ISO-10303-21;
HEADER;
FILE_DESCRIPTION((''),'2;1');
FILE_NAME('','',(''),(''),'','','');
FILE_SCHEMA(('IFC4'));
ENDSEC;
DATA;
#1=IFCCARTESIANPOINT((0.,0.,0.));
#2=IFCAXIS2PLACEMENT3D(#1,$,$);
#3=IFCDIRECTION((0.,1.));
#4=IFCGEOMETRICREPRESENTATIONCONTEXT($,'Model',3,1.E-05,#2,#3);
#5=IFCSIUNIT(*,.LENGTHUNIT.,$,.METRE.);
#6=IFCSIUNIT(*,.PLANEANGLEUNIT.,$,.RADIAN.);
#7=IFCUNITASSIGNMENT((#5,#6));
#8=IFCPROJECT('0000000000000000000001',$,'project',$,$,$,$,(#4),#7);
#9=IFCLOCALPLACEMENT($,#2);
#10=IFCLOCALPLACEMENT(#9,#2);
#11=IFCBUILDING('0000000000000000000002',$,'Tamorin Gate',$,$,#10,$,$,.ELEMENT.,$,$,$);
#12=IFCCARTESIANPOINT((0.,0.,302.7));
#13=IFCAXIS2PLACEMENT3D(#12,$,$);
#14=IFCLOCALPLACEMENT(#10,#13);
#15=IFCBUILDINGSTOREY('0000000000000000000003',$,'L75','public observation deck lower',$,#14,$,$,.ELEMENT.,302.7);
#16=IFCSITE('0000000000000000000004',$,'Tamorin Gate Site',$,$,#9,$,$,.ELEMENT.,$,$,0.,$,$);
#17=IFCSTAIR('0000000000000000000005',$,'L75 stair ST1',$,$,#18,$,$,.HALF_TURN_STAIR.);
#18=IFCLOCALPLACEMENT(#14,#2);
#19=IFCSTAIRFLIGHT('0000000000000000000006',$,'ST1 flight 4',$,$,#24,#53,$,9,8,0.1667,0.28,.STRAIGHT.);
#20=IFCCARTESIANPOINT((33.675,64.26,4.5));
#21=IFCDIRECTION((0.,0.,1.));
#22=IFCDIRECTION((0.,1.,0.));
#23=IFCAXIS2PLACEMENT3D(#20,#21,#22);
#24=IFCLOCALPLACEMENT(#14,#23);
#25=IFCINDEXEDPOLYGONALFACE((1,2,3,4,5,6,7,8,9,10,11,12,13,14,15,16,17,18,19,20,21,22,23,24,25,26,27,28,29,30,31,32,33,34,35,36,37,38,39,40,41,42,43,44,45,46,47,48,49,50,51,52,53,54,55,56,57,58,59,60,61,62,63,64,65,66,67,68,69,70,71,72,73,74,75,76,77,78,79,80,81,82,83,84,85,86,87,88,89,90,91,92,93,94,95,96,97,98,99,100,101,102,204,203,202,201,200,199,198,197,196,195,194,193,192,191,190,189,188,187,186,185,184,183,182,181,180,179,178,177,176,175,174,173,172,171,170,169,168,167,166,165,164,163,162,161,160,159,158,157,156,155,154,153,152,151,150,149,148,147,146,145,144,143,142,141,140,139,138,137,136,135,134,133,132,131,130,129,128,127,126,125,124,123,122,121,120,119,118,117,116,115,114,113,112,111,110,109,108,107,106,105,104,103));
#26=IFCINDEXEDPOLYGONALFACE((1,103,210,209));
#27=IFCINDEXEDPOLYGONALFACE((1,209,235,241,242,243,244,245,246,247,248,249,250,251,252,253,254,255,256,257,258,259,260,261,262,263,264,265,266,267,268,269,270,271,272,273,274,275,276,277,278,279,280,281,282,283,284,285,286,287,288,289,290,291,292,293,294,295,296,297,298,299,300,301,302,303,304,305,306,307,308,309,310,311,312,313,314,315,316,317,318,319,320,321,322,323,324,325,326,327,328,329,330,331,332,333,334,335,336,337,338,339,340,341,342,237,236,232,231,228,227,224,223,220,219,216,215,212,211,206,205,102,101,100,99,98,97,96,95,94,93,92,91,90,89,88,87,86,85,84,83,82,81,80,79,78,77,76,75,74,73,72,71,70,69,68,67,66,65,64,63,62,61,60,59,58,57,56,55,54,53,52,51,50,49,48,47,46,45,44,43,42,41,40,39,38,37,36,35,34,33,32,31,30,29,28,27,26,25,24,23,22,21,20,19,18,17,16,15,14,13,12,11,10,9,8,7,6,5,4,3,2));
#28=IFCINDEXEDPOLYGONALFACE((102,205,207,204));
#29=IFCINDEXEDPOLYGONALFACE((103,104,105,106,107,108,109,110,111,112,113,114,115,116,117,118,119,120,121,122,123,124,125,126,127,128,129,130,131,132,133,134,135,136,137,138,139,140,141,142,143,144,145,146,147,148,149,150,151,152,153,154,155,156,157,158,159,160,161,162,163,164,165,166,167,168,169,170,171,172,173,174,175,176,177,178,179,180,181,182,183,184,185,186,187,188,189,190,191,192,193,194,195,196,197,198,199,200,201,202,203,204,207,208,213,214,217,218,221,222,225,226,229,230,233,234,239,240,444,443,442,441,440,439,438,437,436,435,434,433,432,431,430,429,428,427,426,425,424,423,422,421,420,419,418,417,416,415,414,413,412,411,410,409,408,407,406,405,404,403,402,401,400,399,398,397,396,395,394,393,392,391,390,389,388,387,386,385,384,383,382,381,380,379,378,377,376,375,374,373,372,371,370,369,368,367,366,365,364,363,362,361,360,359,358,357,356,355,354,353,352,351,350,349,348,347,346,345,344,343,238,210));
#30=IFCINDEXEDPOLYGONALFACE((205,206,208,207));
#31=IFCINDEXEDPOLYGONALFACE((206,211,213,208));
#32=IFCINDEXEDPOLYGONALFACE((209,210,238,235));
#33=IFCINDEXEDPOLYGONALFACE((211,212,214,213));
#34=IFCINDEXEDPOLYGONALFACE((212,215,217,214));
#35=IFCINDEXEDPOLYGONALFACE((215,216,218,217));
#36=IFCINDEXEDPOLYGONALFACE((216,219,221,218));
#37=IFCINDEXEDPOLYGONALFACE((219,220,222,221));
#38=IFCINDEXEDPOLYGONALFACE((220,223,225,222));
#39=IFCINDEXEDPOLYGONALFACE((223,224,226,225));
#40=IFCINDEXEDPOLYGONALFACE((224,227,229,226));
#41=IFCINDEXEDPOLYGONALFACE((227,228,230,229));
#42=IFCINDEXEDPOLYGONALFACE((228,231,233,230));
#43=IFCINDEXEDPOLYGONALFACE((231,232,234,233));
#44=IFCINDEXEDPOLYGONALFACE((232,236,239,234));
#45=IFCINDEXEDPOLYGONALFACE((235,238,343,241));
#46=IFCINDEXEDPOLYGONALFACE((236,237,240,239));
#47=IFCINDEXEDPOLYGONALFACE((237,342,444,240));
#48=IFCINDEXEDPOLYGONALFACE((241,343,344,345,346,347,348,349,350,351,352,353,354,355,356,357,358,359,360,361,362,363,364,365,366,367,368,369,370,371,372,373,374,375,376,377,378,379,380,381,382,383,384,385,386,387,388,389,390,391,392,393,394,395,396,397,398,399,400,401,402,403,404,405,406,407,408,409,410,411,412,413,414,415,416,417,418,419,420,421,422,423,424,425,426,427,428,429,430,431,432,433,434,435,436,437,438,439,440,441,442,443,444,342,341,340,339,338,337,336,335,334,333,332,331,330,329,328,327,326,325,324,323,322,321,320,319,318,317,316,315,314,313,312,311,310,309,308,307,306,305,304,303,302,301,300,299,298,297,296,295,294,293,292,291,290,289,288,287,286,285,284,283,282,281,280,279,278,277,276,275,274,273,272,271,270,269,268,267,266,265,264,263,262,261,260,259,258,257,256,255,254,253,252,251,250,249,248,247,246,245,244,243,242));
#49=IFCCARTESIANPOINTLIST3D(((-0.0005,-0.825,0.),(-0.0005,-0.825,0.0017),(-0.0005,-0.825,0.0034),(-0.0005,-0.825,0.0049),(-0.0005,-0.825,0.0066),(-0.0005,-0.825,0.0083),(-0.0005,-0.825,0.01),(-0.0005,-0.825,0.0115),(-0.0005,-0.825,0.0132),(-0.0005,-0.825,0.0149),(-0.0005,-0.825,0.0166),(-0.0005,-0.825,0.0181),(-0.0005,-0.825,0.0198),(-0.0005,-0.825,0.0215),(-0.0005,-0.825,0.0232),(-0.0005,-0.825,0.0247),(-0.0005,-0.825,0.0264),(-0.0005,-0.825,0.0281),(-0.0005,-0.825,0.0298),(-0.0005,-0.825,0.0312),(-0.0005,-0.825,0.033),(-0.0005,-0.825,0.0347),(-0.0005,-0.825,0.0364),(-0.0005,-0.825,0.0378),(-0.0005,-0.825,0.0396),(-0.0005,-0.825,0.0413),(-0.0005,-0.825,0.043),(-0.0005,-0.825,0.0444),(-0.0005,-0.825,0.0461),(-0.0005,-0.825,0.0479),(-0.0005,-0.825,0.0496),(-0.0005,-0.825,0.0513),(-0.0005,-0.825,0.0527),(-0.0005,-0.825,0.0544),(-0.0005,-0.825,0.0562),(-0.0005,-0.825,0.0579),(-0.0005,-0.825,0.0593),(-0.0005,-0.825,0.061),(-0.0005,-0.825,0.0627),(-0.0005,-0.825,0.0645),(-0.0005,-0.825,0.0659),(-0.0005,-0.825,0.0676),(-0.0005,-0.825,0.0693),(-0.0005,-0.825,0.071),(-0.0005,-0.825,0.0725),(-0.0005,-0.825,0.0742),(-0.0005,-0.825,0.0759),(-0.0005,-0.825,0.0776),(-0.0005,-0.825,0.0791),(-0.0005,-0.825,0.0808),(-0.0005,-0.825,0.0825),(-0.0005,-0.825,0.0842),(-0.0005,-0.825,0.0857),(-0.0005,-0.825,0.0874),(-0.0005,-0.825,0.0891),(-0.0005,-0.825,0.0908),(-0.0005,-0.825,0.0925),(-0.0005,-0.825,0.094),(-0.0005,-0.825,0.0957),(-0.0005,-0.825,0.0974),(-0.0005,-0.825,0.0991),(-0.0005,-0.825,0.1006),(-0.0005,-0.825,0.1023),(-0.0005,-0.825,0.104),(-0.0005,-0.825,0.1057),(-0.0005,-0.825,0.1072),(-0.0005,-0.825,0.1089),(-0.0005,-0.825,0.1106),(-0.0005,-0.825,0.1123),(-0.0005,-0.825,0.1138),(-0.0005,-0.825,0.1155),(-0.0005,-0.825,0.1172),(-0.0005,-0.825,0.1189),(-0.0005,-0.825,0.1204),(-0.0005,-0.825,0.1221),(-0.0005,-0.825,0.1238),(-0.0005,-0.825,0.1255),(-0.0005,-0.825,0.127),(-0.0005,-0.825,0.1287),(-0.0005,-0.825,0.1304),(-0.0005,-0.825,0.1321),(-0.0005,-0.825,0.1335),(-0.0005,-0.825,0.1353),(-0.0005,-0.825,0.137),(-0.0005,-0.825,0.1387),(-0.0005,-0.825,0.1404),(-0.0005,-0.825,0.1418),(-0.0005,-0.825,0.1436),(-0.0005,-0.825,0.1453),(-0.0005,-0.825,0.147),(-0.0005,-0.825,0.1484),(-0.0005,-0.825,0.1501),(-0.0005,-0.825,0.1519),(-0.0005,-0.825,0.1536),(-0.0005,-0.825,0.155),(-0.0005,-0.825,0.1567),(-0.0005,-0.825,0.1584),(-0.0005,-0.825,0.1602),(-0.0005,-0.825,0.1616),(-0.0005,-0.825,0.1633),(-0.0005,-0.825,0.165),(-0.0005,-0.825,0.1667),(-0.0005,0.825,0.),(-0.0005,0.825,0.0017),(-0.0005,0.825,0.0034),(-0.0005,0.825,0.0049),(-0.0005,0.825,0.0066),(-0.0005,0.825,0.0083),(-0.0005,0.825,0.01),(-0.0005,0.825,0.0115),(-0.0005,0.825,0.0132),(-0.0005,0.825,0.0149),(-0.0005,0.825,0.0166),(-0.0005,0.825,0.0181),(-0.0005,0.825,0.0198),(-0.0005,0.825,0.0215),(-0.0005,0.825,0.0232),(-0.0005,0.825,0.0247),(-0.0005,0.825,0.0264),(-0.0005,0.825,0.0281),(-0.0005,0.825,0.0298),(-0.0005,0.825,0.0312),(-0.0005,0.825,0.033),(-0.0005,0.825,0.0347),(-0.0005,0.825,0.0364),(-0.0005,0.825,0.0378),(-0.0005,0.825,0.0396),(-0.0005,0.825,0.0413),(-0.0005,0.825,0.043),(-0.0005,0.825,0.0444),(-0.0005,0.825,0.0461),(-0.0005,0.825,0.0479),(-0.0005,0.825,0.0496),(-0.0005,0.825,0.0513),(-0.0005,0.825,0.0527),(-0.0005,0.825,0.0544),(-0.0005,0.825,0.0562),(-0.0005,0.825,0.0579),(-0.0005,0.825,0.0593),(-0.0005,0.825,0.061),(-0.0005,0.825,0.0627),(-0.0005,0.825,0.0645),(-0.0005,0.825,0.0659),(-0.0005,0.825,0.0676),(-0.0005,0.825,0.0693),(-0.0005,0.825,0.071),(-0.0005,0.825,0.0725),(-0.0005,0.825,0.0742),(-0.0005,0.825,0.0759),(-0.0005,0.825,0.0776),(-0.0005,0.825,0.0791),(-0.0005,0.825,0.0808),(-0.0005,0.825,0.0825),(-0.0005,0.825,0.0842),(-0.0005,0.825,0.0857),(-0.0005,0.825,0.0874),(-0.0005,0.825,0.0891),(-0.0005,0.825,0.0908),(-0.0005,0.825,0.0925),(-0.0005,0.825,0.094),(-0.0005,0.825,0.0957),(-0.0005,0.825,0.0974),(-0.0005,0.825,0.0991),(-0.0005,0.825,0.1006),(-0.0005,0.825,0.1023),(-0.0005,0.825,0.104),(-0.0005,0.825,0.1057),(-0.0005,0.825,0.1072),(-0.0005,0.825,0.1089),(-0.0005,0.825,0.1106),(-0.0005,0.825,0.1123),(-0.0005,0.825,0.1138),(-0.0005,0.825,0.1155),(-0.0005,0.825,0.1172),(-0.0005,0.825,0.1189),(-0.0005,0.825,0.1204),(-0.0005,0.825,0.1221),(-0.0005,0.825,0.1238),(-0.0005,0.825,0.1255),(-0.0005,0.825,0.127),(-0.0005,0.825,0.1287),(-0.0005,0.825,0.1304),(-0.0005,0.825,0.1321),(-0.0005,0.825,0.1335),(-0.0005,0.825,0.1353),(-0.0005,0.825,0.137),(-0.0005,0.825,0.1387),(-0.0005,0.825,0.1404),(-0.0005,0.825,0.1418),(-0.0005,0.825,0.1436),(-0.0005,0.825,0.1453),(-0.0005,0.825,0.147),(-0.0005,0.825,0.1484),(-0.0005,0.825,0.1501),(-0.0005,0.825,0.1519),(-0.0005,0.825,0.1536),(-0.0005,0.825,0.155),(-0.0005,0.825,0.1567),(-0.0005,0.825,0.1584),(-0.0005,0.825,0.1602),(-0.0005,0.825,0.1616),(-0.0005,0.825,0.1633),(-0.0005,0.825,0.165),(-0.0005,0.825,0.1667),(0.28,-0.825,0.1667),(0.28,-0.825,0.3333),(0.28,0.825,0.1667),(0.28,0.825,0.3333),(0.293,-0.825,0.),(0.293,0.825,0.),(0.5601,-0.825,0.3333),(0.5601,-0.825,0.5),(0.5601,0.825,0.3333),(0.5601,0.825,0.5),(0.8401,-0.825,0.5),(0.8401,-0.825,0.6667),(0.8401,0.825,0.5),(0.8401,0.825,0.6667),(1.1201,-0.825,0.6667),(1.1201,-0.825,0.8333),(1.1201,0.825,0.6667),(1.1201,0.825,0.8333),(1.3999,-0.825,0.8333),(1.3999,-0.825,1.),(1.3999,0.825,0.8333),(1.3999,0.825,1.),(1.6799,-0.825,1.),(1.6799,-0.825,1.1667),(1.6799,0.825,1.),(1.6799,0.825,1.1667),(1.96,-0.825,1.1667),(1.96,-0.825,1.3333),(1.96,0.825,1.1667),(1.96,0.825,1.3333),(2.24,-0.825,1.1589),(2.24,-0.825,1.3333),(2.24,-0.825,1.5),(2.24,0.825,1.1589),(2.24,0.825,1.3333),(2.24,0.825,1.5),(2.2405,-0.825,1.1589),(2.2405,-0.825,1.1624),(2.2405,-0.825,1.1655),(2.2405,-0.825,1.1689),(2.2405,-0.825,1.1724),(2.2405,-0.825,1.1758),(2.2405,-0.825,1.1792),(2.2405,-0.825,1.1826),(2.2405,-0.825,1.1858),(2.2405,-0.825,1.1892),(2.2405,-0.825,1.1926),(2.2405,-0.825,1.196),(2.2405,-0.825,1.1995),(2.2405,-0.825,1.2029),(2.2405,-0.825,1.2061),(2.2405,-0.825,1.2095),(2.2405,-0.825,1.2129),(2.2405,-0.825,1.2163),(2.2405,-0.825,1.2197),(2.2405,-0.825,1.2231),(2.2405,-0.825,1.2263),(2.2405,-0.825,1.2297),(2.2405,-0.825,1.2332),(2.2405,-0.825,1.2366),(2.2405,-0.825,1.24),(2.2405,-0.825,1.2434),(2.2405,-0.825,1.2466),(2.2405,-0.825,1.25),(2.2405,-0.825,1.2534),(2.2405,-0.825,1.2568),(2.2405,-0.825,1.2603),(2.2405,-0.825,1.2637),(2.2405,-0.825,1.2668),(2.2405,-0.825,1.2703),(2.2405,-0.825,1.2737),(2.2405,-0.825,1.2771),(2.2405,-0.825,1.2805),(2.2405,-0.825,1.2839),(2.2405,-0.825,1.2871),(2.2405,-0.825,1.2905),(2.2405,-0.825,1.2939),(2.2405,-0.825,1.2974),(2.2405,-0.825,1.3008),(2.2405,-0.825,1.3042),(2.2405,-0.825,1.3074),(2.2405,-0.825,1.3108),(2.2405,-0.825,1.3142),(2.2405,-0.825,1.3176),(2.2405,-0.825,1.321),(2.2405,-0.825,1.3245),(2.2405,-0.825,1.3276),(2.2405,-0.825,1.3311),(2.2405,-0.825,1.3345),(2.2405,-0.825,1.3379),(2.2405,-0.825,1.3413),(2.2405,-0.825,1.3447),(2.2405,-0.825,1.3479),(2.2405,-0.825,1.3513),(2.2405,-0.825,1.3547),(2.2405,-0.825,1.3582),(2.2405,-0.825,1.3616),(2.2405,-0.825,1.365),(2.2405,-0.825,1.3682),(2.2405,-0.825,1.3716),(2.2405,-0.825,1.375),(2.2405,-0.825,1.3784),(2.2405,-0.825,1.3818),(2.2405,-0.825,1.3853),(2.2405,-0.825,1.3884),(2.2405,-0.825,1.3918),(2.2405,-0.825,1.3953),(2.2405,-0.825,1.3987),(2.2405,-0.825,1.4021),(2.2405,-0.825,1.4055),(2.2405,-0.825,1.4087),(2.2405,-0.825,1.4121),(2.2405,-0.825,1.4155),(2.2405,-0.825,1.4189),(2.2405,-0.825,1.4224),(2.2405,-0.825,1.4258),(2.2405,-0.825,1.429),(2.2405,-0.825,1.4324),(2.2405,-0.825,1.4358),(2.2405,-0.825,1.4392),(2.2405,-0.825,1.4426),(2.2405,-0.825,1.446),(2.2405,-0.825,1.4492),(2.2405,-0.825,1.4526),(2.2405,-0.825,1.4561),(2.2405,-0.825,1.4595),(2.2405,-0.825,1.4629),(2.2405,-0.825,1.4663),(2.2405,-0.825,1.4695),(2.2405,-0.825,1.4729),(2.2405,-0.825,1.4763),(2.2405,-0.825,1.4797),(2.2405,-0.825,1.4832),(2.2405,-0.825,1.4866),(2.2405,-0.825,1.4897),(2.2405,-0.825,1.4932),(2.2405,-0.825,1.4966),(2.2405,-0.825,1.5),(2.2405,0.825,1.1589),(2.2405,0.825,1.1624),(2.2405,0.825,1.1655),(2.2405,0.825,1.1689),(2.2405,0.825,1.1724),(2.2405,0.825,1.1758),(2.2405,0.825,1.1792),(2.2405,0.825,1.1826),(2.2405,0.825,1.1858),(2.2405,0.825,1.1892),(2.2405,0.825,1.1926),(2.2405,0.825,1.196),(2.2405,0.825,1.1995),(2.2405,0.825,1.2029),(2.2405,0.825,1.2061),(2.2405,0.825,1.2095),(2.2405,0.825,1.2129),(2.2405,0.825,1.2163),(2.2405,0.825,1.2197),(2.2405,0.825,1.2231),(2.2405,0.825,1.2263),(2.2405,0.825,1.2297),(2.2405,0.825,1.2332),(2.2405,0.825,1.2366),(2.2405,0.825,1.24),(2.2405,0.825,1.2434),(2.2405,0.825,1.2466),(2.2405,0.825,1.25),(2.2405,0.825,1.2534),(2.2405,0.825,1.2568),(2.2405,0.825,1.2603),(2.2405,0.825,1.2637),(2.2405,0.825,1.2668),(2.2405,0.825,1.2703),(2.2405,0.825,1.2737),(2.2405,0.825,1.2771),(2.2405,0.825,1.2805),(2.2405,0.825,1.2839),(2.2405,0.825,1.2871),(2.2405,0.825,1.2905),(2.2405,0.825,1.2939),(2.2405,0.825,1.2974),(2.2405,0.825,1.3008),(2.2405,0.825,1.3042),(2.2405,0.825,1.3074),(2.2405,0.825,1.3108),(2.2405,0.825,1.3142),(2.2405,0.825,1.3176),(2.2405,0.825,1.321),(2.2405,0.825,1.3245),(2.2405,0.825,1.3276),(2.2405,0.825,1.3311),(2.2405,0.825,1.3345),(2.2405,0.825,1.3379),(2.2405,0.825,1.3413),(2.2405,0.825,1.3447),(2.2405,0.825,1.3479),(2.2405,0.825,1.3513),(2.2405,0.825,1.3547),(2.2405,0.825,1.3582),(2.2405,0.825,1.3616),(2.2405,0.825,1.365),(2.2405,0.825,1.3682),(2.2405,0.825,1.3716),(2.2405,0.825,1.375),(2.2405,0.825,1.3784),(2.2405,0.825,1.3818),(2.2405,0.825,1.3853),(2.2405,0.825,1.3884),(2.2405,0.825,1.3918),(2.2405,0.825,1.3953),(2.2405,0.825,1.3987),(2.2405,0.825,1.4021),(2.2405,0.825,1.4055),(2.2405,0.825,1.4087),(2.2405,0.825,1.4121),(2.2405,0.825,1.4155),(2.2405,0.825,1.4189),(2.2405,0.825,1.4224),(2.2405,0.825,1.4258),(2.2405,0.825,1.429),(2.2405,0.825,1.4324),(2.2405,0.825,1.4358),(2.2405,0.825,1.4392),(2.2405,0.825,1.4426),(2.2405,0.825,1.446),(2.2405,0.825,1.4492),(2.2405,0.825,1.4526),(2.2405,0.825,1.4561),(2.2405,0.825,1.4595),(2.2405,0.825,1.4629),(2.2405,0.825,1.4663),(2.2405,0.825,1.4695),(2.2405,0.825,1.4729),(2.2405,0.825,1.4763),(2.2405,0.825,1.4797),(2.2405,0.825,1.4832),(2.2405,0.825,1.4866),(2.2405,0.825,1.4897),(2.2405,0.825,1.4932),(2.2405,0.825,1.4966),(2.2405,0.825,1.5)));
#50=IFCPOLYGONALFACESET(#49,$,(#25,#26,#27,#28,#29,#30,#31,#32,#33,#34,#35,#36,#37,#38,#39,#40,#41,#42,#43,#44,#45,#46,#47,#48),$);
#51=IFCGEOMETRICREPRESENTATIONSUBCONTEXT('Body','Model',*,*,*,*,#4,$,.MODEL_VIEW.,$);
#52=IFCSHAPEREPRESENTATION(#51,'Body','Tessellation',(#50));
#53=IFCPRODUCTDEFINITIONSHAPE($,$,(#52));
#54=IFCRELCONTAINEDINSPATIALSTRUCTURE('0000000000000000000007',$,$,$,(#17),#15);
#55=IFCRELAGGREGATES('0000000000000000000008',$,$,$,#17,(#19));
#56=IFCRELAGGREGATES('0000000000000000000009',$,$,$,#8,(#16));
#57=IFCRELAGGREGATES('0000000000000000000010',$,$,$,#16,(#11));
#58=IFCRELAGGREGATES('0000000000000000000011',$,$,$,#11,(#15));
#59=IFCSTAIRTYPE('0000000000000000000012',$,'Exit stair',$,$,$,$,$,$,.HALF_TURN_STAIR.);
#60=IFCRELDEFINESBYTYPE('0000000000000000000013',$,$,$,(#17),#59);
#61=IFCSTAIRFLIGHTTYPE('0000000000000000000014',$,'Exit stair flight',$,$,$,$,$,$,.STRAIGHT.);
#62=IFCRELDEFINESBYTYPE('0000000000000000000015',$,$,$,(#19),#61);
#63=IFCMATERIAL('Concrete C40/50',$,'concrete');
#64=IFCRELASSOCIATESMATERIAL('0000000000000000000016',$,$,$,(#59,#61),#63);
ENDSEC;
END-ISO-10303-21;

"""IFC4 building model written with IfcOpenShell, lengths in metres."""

from ifc_helpers import new_model, si_unit, direction, frame, origin, place, context, subcontext, project, spatial, polyline, outline, extrude, material, type_object, element, aggregate, save


model = new_model("IFC4")

# Units and contexts
model_context = context("Model", 3, precision=1e-05, world=origin(), true_north=direction((0.0, 1.0)))
body_context = subcontext(model_context, "Body", "Model", "MODEL_VIEW")
ifc_project = project(units=[si_unit("LENGTHUNIT", "METRE"), si_unit("PLANEANGLEUNIT", "RADIAN")], contexts=[model_context])

# Site, building, storey
site_placement = place(None, origin())
site = spatial("IfcSite", under=ifc_project, at=site_placement, Name="Tamorin Gate Site", CompositionType="ELEMENT", RefElevation=0.0)
building_placement = place(site_placement, origin())
building = spatial("IfcBuilding", under=site, at=building_placement, Name="Tamorin Gate", CompositionType="ELEMENT")
storey_placement = place(building_placement, frame((0.0, 0.0, 302.7)))
storey = spatial("IfcBuildingStorey", under=building, at=storey_placement, Name="L75", Description="public observation deck lower", CompositionType="ELEMENT", Elevation=302.7)

# Stair, stair flight
ifc_material_1 = material(Name="Concrete C40/50", Category="concrete")
stair_type = type_object("IfcStairType", Name="Exit stair", PredefinedType="HALF_TURN_STAIR", material=ifc_material_1)
stair_placement = place(storey_placement, origin())
stair = element("IfcStair", 1, at=stair_placement, inside=storey, type_object=stair_type, Name="L75 stair ST1", PredefinedType="HALF_TURN_STAIR")
stair_flight_type = type_object("IfcStairFlightType", Name="Exit stair flight", PredefinedType="STRAIGHT", material=ifc_material_1)
stair_flight_1_placement = place(storey_placement, frame((33.675, 64.26, 4.5), z_axis=(0.0, 0.0, 1.0), x_axis=(0.0, 1.0, 0.0)))
stair_flight_1 = element("IfcStairFlight", 2, at=stair_flight_1_placement, type_object=stair_flight_type, Name="ST1 flight 4", NumberOfRisers=9, NumberOfTreads=8, PredefinedType="STRAIGHT", RiserHeight=0.1667, TreadLength=0.28, context=body_context, shape_type="SweptSolid", body=[
    extrude(outline(polyline([(-0.0005, 0.0), (-0.0005, 0.0017), (-0.0005, 0.0034), (-0.0005, 0.0049), (-0.0005, 0.0066), (-0.0005, 0.0083), (-0.0005, 0.01), (-0.0005, 0.0115), (-0.0005, 0.0132), (-0.0005, 0.0149), (-0.0005, 0.0166), (-0.0005, 0.0181), (-0.0005, 0.0198), (-0.0005, 0.0215), (-0.0005, 0.0232), (-0.0005, 0.0247), (-0.0005, 0.0264), (-0.0005, 0.0281), (-0.0005, 0.0298), (-0.0005, 0.0312), (-0.0005, 0.033), (-0.0005, 0.0347), (-0.0005, 0.0364), (-0.0005, 0.0378), (-0.0005, 0.0396), (-0.0005, 0.0413), (-0.0005, 0.043), (-0.0005, 0.0444), (-0.0005, 0.0461), (-0.0005, 0.0479), (-0.0005, 0.0496), (-0.0005, 0.0513), (-0.0005, 0.0527), (-0.0005, 0.0544), (-0.0005, 0.0562), (-0.0005, 0.0579), (-0.0005, 0.0593), (-0.0005, 0.061), (-0.0005, 0.0627), (-0.0005, 0.0645), (-0.0005, 0.0659), (-0.0005, 0.0676), (-0.0005, 0.0693), (-0.0005, 0.071), (-0.0005, 0.0725), (-0.0005, 0.0742), (-0.0005, 0.0759), (-0.0005, 0.0776), (-0.0005, 0.0791), (-0.0005, 0.0808), (-0.0005, 0.0825), (-0.0005, 0.0842), (-0.0005, 0.0857), (-0.0005, 0.0874), (-0.0005, 0.0891), (-0.0005, 0.0908), (-0.0005, 0.0925), (-0.0005, 0.094), (-0.0005, 0.0957), (-0.0005, 0.0974), (-0.0005, 0.0991), (-0.0005, 0.1006), (-0.0005, 0.1023), (-0.0005, 0.104), (-0.0005, 0.1057), (-0.0005, 0.1072), (-0.0005, 0.1089), (-0.0005, 0.1106), (-0.0005, 0.1123), (-0.0005, 0.1138), (-0.0005, 0.1155), (-0.0005, 0.1172), (-0.0005, 0.1189), (-0.0005, 0.1204), (-0.0005, 0.1221), (-0.0005, 0.1238), (-0.0005, 0.1255), (-0.0005, 0.127), (-0.0005, 0.1287), (-0.0005, 0.1304), (-0.0005, 0.1321), (-0.0005, 0.1335), (-0.0005, 0.1353), (-0.0005, 0.137), (-0.0005, 0.1387), (-0.0005, 0.1404), (-0.0005, 0.1418), (-0.0005, 0.1436), (-0.0005, 0.1453), (-0.0005, 0.147), (-0.0005, 0.1484), (-0.0005, 0.1501), (-0.0005, 0.1519), (-0.0005, 0.1536), (-0.0005, 0.155), (-0.0005, 0.1567), (-0.0005, 0.1584), (-0.0005, 0.1602), (-0.0005, 0.1616), (-0.0005, 0.1633), (-0.0005, 0.165), (-0.0005, 0.1667), (0.28, 0.1667), (0.28, 0.3333), (0.5601, 0.3333), (0.5601, 0.5), (0.8401, 0.5), (0.8401, 0.6667), (1.1201, 0.6667), (1.1201, 0.8333), (1.3999, 0.8333), (1.3999, 1.0), (1.6799, 1.0), (1.6799, 1.1667), (1.96, 1.1667), (1.96, 1.3333), (2.24, 1.3333), (2.24, 1.5), (2.2405, 1.5), (2.2405, 1.4966), (2.2405, 1.4932), (2.2405, 1.4897), (2.2405, 1.4866), (2.2405, 1.4832), (2.2405, 1.4797), (2.2405, 1.4763), (2.2405, 1.4729), (2.2405, 1.4695), (2.2405, 1.4663), (2.2405, 1.4629), (2.2405, 1.4595), (2.2405, 1.4561), (2.2405, 1.4526), (2.2405, 1.4492), (2.2405, 1.446), (2.2405, 1.4426), (2.2405, 1.4392), (2.2405, 1.4358), (2.2405, 1.4324), (2.2405, 1.429), (2.2405, 1.4258), (2.2405, 1.4224), (2.2405, 1.4189), (2.2405, 1.4155), (2.2405, 1.4121), (2.2405, 1.4087), (2.2405, 1.4055), (2.2405, 1.4021), (2.2405, 1.3987), (2.2405, 1.3953), (2.2405, 1.3918), (2.2405, 1.3884), (2.2405, 1.3853), (2.2405, 1.3818), (2.2405, 1.3784), (2.2405, 1.375), (2.2405, 1.3716), (2.2405, 1.3682), (2.2405, 1.365), (2.2405, 1.3616), (2.2405, 1.3582), (2.2405, 1.3547), (2.2405, 1.3513), (2.2405, 1.3479), (2.2405, 1.3447), (2.2405, 1.3413), (2.2405, 1.3379), (2.2405, 1.3345), (2.2405, 1.3311), (2.2405, 1.3276), (2.2405, 1.3245), (2.2405, 1.321), (2.2405, 1.3176), (2.2405, 1.3142), (2.2405, 1.3108), (2.2405, 1.3074), (2.2405, 1.3042), (2.2405, 1.3008), (2.2405, 1.2974), (2.2405, 1.2939), (2.2405, 1.2905), (2.2405, 1.2871), (2.2405, 1.2839), (2.2405, 1.2805), (2.2405, 1.2771), (2.2405, 1.2737), (2.2405, 1.2703), (2.2405, 1.2668), (2.2405, 1.2637), (2.2405, 1.2603), (2.2405, 1.2568), (2.2405, 1.2534), (2.2405, 1.25), (2.2405, 1.2466), (2.2405, 1.2434), (2.2405, 1.24), (2.2405, 1.2366), (2.2405, 1.2332), (2.2405, 1.2297), (2.2405, 1.2263), (2.2405, 1.2231), (2.2405, 1.2197), (2.2405, 1.2163), (2.2405, 1.2129), (2.2405, 1.2095), (2.2405, 1.2061), (2.2405, 1.2029), (2.2405, 1.1995), (2.2405, 1.196), (2.2405, 1.1926), (2.2405, 1.1892), (2.2405, 1.1858), (2.2405, 1.1826), (2.2405, 1.1792), (2.2405, 1.1758), (2.2405, 1.1724), (2.2405, 1.1689), (2.2405, 1.1655), (2.2405, 1.1624), (2.2405, 1.1589), (2.24, 1.1589), (0.293, 0.0), (-0.0005, 0.0)])), frame((0.0, 0.825, 0.0), z_axis=(0.0, -1.0, 0.0), x_axis=(1.0, 0.0, 0.0)), (0.0, 0.0, 1.0), 1.6499),
])
aggregate(stair, [stair_flight_1])

save(model, "model.ifc")
